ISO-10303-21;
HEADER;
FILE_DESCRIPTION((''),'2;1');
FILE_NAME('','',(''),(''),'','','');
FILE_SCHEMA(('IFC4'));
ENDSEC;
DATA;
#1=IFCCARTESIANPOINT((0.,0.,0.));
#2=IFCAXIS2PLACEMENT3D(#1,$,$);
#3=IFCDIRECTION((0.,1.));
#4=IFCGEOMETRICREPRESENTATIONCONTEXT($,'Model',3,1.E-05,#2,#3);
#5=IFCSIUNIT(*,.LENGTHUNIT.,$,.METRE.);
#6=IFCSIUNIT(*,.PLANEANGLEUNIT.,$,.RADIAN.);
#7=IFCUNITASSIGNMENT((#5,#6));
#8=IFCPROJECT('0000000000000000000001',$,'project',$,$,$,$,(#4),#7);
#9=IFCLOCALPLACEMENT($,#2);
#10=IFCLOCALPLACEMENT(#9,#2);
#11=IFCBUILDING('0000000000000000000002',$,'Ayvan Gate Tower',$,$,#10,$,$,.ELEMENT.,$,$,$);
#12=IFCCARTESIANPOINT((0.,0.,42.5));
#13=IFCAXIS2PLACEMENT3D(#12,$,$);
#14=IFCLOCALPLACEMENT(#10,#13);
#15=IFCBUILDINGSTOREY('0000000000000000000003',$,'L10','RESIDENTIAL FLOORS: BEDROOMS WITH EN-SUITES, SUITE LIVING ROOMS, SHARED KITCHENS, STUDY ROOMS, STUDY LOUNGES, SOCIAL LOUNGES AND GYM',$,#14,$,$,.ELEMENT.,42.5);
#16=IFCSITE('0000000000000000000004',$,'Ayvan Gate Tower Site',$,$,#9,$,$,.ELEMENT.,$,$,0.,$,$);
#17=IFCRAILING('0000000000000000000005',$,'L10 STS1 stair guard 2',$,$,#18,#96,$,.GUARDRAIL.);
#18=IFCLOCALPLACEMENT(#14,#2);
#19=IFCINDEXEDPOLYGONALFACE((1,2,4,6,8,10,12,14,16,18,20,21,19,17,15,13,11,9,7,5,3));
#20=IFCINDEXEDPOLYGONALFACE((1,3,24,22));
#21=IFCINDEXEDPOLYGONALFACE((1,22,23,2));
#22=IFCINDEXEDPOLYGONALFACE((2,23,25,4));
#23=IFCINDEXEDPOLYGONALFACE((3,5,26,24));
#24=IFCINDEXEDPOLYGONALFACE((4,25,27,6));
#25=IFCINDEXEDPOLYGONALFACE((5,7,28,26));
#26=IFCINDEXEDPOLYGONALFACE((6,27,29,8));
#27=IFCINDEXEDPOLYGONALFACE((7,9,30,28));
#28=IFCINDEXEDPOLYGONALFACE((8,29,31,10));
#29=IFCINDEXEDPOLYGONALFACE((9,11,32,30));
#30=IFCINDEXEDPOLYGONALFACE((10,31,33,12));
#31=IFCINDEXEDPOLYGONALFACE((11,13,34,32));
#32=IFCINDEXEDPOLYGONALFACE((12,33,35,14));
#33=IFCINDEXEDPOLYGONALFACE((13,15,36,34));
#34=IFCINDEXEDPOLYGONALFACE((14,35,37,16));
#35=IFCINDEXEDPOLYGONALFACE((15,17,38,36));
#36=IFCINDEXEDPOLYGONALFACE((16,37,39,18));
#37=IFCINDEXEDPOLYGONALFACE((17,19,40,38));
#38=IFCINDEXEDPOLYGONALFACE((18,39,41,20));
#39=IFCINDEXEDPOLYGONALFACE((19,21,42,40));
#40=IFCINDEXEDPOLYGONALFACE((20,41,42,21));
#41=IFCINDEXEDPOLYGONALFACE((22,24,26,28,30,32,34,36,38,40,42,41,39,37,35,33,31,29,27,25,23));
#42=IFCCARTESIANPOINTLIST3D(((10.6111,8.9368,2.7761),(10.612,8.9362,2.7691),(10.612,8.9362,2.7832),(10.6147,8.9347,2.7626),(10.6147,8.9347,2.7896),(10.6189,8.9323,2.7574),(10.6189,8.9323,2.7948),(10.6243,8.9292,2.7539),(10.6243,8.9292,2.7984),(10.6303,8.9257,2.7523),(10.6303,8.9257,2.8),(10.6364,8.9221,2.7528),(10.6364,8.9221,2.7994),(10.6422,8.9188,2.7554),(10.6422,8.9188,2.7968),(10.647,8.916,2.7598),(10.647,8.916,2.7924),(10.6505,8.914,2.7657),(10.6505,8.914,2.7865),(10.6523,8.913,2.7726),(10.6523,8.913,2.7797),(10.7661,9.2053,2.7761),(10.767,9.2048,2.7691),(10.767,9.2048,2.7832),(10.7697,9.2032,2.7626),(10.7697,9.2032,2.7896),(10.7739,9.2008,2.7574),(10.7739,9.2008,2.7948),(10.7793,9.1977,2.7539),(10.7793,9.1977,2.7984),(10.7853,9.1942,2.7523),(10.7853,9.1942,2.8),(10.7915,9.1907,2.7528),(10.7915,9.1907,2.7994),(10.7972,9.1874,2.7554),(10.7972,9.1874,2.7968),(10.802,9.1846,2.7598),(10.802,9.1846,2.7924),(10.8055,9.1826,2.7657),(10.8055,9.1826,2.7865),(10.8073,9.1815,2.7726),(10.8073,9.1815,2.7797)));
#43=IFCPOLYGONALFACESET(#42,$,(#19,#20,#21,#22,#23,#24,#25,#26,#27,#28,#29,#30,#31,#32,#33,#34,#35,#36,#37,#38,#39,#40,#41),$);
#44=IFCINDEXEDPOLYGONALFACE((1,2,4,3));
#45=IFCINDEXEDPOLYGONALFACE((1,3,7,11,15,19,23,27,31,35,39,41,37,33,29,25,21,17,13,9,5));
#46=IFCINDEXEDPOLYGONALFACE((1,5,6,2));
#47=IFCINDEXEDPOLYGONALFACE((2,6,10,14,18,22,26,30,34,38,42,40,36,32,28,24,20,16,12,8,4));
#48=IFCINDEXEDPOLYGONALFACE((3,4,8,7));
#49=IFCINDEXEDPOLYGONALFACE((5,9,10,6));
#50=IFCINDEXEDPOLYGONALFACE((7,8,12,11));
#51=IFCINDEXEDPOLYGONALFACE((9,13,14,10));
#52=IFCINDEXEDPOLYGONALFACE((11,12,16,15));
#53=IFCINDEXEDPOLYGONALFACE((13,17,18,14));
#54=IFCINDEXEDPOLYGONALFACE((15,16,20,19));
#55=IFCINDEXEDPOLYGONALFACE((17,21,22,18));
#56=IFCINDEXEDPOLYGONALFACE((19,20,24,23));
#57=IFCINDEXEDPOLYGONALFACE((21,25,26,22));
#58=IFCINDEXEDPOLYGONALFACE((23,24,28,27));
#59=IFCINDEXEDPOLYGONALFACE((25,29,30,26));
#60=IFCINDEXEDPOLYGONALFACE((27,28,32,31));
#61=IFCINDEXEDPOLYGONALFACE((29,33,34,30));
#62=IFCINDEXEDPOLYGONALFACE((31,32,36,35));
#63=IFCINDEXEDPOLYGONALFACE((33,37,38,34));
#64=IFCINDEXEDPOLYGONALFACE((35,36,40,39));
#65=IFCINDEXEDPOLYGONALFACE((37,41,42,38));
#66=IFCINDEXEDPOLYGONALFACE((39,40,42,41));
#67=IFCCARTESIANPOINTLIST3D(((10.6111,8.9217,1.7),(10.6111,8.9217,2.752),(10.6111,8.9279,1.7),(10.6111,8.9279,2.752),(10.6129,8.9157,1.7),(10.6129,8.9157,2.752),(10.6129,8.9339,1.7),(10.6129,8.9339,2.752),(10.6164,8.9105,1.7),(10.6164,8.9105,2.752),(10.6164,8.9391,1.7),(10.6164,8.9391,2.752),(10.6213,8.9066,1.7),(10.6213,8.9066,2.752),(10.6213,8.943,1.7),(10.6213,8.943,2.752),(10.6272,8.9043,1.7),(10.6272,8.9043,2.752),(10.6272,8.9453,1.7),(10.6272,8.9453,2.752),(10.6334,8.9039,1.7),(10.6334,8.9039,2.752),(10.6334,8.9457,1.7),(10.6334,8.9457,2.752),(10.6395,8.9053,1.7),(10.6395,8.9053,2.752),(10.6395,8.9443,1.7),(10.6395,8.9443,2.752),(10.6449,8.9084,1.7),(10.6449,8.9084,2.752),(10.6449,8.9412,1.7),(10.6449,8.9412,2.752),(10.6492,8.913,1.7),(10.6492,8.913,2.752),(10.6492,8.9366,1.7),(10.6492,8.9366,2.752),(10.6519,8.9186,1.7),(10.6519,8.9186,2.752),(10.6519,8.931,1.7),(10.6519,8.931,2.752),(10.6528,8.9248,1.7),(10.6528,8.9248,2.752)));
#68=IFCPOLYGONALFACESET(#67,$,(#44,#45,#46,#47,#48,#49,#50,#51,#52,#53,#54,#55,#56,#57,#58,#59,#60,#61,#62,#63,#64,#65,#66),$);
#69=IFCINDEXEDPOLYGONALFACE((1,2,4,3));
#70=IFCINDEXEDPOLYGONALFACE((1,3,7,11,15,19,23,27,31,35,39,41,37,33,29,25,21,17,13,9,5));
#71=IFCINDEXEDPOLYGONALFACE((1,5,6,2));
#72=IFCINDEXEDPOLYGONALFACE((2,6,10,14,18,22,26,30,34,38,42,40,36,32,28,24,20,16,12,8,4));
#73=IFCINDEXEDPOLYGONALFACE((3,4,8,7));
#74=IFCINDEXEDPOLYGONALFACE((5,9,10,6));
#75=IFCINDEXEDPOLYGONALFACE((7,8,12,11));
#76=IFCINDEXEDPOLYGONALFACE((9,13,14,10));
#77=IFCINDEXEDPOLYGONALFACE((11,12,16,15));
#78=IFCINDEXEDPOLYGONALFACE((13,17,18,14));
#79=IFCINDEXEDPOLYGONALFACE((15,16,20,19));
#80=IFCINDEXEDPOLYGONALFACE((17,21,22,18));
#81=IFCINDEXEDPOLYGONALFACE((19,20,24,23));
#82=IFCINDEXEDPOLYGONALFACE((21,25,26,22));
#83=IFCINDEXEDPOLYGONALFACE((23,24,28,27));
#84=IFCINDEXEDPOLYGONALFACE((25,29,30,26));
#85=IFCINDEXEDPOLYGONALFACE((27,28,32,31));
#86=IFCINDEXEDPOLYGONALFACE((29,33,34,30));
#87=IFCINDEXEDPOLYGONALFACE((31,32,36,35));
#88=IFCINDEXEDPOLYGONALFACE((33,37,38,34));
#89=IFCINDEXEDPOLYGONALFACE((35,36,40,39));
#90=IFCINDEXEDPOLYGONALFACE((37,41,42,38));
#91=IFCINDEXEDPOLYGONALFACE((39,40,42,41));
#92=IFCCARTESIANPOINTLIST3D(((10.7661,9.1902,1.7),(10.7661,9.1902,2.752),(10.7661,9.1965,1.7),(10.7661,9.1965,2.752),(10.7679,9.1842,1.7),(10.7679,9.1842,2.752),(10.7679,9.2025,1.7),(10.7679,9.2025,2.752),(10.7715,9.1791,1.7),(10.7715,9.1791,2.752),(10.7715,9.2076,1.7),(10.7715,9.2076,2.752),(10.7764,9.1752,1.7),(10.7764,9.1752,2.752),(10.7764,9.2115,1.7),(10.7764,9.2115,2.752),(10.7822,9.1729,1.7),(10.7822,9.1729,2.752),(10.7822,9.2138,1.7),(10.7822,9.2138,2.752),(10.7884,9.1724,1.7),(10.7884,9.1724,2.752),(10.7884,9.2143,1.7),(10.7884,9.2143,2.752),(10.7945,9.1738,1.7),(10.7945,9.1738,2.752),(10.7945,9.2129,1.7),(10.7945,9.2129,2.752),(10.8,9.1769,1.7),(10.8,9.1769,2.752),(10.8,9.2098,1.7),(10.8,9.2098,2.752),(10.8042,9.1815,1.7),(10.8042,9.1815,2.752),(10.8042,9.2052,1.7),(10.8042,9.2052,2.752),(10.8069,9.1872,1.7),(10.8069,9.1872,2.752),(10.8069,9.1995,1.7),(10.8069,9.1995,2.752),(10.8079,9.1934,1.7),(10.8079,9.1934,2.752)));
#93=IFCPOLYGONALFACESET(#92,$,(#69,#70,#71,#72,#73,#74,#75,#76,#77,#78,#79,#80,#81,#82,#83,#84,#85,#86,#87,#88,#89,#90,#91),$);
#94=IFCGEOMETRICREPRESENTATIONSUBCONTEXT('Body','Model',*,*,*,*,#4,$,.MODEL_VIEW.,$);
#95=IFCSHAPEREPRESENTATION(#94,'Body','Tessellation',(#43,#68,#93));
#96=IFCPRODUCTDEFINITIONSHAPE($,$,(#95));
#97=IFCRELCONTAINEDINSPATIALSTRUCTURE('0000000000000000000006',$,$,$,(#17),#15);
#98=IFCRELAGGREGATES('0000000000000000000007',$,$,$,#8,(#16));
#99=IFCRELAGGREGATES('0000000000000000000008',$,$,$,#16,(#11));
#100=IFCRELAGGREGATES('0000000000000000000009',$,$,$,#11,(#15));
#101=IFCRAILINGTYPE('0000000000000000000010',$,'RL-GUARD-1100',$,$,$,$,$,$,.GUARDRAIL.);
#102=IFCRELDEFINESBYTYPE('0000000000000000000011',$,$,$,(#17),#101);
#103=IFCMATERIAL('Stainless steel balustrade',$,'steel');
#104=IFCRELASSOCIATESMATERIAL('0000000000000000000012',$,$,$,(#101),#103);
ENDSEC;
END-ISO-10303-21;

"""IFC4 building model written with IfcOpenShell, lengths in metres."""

from ifc_helpers import new_model, si_unit, direction, frame, origin, origin_2d, place, context, subcontext, project, spatial, circle, extrude, material, type_object, element, save


model = new_model("IFC4")

# Units and contexts
model_context = context("Model", 3, precision=1e-05, world=origin(), true_north=direction((0.0, 1.0)))
body_context = subcontext(model_context, "Body", "Model", "MODEL_VIEW")
ifc_project = project(units=[si_unit("LENGTHUNIT", "METRE"), si_unit("PLANEANGLEUNIT", "RADIAN")], contexts=[model_context])

# Site, building, storey
site_placement = place(None, origin())
site = spatial("IfcSite", under=ifc_project, at=site_placement, Name="Ayvan Gate Tower Site", CompositionType="ELEMENT", RefElevation=0.0)
building_placement = place(site_placement, origin())
building = spatial("IfcBuilding", under=site, at=building_placement, Name="Ayvan Gate Tower", CompositionType="ELEMENT")
storey_placement = place(building_placement, frame((0.0, 0.0, 42.5)))
storey = spatial("IfcBuildingStorey", under=building, at=storey_placement, Name="L10", Description="RESIDENTIAL FLOORS: BEDROOMS WITH EN-SUITES, SUITE LIVING ROOMS, SHARED KITCHENS, STUDY ROOMS, STUDY LOUNGES, SOCIAL LOUNGES AND GYM", CompositionType="ELEMENT", Elevation=42.5)

# Railing
ifc_material_1 = material(Name="Stainless steel balustrade", Category="steel")
railing_type_1 = type_object("IfcRailingType", Name="RL-GUARD-1100", PredefinedType="GUARDRAIL", material=ifc_material_1)
railing_1_placement = place(storey_placement, frame((10.6318, 8.9248, 1.7)))
element("IfcRailing", 1, at=railing_1_placement, inside=storey, type_object=railing_type_1, Name="L10 STS1 stair guard 2", PredefinedType="GUARDRAIL", context=body_context, shape_type="SweptSolid", body=[
    extrude(circle(Radius=0.0239, at=origin_2d()), frame((0.0, 0.0, 1.0762), z_axis=(0.49995, 0.866054, 0.0), x_axis=(-0.866054, 0.49995, 0.0)), (0.0, 0.0, 1.0), 0.3101),
    extrude(circle(Radius=0.021, at=origin_2d()), origin(), (0.0, 0.0, 1.0), 1.052),
    extrude(circle(Radius=0.021, at=origin_2d()), frame((0.155, 0.2686, 0.0)), (0.0, 0.0, 1.0), 1.052),
])

save(model, "model.ifc")
